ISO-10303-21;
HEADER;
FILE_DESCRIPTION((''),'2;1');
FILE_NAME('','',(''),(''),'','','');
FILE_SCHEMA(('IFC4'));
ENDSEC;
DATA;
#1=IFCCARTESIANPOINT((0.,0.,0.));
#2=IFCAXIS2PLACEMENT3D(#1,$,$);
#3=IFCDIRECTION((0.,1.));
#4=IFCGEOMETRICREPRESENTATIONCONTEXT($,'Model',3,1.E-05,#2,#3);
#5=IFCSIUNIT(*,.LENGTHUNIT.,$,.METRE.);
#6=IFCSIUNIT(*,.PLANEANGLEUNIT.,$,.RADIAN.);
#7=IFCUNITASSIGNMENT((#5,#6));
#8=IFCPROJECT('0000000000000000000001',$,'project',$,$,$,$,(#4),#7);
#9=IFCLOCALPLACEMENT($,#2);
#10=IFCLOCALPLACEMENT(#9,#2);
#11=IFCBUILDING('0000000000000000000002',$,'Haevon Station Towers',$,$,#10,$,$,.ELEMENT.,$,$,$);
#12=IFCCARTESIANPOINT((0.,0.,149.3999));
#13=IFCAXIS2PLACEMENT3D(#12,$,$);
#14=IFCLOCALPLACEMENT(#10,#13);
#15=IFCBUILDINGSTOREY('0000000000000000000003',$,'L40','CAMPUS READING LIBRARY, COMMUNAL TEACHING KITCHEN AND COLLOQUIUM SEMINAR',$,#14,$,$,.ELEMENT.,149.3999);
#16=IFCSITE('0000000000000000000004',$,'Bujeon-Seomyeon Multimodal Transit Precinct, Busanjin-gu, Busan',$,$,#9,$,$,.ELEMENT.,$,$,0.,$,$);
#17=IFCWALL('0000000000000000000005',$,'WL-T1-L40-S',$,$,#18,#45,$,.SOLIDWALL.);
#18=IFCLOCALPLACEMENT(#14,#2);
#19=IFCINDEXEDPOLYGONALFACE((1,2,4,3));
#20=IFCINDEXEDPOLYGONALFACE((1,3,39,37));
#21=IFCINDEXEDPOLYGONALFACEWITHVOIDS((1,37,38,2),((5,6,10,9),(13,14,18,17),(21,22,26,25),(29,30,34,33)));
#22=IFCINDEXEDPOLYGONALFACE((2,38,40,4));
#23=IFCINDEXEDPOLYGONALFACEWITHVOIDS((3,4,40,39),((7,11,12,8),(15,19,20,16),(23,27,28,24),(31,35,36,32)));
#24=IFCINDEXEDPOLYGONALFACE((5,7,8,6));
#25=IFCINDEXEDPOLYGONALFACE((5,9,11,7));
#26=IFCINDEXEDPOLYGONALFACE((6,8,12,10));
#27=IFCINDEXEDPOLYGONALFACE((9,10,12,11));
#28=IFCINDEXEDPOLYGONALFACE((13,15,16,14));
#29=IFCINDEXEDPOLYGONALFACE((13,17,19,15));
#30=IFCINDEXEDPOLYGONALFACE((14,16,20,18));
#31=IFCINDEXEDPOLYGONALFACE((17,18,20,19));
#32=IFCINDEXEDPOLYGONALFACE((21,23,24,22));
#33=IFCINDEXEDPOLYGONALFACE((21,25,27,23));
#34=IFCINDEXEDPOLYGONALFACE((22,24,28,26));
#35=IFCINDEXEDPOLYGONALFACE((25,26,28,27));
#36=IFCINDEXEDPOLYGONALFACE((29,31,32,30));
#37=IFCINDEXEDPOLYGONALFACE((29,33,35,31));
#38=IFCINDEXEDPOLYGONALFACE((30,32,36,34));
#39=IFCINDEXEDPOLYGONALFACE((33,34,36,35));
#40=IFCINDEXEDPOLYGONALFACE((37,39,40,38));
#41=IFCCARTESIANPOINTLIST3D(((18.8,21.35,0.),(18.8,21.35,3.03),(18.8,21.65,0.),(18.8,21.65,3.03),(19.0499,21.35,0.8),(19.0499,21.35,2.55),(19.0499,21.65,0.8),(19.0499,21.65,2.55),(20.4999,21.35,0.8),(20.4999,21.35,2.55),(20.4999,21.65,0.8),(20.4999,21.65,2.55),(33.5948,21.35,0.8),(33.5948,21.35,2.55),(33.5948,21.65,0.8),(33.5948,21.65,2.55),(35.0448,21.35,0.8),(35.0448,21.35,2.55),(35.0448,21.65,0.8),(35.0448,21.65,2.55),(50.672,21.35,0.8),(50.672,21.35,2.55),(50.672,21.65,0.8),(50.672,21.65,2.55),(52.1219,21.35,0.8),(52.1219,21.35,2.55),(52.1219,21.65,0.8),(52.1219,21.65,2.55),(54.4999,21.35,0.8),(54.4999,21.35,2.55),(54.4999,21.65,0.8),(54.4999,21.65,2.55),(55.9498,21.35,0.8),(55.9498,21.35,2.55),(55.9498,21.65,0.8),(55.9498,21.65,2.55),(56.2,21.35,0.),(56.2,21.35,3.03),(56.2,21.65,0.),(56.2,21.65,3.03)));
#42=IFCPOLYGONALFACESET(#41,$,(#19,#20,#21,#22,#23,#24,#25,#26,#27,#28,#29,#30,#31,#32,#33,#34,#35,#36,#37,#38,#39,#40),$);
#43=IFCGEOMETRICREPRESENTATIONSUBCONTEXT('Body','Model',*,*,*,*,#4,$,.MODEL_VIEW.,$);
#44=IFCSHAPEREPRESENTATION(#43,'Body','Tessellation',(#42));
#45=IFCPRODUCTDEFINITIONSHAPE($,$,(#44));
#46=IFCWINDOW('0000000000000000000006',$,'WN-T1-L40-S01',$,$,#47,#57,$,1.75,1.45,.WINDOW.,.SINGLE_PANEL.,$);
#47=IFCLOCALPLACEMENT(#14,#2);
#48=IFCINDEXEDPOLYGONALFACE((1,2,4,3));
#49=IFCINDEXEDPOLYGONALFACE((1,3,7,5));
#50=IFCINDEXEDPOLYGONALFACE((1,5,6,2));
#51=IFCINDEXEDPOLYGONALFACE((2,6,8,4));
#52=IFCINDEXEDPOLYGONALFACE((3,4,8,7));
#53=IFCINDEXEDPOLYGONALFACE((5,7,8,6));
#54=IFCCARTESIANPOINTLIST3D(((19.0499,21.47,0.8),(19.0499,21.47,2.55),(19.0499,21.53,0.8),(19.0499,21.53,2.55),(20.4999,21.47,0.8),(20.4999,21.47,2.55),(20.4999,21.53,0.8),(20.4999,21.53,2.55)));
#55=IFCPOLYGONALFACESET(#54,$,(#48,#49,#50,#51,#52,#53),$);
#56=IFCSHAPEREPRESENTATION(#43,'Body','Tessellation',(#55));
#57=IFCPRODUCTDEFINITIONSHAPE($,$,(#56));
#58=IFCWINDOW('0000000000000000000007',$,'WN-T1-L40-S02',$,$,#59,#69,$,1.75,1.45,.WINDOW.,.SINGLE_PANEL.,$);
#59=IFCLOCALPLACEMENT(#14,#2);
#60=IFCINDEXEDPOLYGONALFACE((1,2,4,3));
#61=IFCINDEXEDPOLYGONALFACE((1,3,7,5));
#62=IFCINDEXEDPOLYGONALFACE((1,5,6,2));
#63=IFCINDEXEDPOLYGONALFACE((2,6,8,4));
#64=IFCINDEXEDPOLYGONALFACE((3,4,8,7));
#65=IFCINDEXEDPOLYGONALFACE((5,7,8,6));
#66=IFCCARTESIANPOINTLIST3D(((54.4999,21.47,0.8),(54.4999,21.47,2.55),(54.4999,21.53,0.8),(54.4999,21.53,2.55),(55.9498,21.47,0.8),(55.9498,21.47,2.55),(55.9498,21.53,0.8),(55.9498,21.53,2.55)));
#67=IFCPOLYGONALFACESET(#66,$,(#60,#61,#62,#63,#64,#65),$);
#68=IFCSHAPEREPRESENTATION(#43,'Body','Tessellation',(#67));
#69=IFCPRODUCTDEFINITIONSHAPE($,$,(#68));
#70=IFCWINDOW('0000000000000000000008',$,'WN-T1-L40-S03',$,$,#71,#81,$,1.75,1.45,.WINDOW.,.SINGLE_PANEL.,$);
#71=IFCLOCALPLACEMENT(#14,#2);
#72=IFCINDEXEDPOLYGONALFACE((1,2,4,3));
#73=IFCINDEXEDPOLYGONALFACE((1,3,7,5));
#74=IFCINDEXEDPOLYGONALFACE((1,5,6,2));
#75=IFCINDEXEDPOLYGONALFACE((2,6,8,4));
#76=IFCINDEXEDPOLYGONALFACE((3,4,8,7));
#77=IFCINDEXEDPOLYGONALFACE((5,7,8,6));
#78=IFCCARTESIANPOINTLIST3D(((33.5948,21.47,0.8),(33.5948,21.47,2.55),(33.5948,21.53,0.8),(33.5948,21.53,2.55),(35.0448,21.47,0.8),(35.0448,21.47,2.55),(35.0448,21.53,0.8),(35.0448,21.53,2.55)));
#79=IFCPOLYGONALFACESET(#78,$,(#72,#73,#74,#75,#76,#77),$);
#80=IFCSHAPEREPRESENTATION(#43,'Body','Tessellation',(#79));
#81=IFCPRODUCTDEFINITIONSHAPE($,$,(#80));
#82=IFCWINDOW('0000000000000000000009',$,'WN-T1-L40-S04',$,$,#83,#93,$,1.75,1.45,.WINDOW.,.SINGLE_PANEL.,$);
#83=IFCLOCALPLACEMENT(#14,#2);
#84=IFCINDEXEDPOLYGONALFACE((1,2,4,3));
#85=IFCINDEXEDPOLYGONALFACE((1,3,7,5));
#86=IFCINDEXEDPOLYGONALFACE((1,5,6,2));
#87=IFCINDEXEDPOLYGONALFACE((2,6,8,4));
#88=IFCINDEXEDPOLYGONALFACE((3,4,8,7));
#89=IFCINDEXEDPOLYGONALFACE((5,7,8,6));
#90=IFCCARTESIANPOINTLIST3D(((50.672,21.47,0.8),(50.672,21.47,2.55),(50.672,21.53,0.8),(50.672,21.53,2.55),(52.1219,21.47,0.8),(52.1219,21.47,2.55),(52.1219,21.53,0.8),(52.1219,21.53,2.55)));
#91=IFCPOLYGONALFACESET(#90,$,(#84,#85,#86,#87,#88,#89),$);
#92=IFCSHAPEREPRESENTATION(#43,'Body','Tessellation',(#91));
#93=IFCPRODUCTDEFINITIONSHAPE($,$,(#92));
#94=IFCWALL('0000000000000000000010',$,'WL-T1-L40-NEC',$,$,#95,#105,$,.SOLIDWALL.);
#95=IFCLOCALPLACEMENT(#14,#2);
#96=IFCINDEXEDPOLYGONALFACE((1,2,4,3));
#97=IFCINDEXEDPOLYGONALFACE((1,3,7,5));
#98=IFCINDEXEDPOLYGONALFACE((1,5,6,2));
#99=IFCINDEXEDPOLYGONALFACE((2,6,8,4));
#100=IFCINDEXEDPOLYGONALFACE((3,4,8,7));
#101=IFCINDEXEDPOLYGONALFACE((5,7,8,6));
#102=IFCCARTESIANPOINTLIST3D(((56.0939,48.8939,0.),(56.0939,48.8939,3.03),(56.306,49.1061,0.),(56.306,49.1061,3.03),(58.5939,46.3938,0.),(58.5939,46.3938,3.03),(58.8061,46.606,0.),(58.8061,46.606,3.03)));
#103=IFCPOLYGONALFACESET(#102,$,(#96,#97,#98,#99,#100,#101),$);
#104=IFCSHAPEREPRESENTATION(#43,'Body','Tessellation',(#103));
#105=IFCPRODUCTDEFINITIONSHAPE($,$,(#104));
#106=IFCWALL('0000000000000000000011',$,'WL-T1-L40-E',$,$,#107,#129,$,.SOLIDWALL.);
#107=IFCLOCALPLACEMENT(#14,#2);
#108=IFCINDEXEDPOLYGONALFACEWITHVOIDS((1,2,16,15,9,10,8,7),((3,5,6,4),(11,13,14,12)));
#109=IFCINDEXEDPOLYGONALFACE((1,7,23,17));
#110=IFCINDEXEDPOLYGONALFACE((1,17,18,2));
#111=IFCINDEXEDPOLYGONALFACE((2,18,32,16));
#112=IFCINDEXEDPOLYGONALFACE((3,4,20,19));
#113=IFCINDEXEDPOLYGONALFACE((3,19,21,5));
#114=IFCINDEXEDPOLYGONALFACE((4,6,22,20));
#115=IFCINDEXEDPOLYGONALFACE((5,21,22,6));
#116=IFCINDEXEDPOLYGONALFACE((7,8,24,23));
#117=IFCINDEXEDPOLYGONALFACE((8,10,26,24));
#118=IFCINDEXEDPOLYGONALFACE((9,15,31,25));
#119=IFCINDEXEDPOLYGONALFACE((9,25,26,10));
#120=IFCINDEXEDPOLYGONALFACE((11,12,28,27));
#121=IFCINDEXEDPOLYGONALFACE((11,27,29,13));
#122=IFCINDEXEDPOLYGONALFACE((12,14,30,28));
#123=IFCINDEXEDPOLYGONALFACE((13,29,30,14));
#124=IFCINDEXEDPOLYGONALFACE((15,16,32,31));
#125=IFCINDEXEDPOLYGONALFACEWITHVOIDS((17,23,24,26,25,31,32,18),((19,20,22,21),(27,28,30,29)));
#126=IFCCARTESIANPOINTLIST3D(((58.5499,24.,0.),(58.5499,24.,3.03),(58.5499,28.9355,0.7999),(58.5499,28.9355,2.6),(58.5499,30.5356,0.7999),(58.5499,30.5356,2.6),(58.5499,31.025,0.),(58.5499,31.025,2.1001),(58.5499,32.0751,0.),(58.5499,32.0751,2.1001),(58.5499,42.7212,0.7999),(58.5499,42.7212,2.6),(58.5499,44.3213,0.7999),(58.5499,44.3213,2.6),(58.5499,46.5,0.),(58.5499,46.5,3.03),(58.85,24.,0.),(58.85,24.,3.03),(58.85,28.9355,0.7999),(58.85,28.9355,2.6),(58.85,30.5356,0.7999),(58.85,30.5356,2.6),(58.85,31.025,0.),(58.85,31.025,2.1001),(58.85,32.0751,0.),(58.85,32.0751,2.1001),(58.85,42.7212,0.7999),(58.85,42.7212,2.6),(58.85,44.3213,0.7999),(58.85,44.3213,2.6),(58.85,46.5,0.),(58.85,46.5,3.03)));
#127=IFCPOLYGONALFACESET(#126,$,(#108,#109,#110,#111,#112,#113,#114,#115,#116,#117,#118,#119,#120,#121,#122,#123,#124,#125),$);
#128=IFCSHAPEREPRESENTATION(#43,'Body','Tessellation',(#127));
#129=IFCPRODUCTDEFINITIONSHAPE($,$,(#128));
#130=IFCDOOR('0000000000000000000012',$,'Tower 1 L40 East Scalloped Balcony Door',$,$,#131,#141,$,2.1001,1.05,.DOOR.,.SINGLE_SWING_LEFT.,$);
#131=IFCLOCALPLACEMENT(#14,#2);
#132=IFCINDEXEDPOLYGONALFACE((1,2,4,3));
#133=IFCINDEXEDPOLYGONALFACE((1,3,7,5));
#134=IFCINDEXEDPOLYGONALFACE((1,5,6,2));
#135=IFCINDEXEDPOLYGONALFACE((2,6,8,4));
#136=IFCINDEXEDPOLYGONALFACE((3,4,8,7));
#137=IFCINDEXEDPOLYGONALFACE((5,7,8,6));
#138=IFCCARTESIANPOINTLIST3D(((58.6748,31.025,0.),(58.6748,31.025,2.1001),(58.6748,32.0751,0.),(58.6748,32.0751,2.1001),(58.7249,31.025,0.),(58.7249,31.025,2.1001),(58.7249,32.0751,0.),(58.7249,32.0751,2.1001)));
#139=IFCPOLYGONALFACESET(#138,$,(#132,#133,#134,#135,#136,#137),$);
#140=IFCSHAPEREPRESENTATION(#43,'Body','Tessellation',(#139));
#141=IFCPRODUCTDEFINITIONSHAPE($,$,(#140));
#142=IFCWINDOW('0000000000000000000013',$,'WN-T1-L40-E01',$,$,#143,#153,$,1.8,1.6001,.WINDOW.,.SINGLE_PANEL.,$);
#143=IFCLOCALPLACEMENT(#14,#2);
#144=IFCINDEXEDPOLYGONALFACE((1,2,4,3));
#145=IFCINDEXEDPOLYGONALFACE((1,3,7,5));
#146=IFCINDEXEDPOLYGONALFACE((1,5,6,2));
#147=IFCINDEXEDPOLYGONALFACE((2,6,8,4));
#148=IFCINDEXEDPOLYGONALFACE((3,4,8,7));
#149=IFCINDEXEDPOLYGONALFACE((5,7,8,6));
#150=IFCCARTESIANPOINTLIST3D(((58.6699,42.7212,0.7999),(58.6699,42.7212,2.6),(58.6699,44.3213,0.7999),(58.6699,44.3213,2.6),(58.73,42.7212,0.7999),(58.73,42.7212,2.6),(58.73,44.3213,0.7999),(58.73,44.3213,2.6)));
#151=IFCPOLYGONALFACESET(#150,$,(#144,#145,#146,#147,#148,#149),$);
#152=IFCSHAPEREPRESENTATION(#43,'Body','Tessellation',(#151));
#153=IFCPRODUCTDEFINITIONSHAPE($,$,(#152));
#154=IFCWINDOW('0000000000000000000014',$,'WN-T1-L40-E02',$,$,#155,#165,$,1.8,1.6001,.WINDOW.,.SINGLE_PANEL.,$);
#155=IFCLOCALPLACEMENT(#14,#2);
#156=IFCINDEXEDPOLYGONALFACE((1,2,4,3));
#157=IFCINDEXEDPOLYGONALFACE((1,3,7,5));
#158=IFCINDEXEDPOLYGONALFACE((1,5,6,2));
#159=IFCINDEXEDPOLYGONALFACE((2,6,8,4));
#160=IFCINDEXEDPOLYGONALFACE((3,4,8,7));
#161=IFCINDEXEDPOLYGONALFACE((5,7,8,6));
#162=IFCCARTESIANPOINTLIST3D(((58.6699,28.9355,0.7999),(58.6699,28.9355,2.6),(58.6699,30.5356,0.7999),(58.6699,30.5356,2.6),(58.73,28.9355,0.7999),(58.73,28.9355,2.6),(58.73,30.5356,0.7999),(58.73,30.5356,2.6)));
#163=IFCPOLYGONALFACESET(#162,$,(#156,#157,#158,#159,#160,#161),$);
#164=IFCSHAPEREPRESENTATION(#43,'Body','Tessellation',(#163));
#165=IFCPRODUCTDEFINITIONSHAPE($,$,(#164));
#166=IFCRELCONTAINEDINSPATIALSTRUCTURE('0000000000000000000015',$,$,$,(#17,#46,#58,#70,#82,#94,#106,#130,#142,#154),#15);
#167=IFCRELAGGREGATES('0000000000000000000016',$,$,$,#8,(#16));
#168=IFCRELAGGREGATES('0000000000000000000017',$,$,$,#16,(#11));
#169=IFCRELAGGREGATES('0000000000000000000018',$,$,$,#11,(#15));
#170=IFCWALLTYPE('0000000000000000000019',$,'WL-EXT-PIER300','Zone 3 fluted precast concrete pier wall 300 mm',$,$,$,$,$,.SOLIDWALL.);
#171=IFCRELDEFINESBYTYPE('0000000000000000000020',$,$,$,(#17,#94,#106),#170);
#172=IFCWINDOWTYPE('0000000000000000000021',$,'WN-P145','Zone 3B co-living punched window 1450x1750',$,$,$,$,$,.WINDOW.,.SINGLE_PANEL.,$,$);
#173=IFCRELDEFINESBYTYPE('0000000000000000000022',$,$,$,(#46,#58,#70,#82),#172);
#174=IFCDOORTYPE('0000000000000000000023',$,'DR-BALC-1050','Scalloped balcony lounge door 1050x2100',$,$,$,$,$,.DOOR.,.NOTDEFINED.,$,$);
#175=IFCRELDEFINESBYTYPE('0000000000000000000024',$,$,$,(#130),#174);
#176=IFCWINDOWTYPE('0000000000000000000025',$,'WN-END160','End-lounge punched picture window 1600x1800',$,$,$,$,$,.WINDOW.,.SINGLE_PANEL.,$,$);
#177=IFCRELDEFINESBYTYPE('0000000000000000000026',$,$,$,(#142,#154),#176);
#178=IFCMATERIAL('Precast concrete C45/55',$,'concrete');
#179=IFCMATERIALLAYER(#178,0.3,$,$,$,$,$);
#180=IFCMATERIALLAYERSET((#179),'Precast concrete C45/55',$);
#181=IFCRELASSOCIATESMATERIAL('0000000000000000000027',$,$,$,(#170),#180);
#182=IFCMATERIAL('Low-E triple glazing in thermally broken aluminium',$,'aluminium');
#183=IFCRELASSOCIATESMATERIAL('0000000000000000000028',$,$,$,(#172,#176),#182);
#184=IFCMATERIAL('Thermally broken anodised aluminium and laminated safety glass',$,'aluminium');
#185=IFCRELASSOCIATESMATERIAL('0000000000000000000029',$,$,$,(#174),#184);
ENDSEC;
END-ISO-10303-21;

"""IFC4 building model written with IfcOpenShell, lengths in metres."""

from ifc_helpers import new_model, si_unit, direction, frame, frame_2d, origin, place, context, subcontext, project, spatial, rectangle, extrude, material, layer, layer_set, type_object, element, fill, save


model = new_model("IFC4")

# Units and contexts
model_context = context("Model", 3, precision=1e-05, world=origin(), true_north=direction((0.0, 1.0)))
body_context = subcontext(model_context, "Body", "Model", "MODEL_VIEW")
ifc_project = project(units=[si_unit("LENGTHUNIT", "METRE"), si_unit("PLANEANGLEUNIT", "RADIAN")], contexts=[model_context])

# Site, building, storey
site_placement = place(None, origin())
site = spatial("IfcSite", under=ifc_project, at=site_placement, Name="Bujeon-Seomyeon Multimodal Transit Precinct, Busanjin-gu, Busan", CompositionType="ELEMENT", RefElevation=0.0)
building_placement = place(site_placement, origin())
building = spatial("IfcBuilding", under=site, at=building_placement, Name="Haevon Station Towers", CompositionType="ELEMENT")
storey_placement = place(building_placement, frame((0.0, 0.0, 149.3999)))
storey = spatial("IfcBuildingStorey", under=building, at=storey_placement, Name="L40", Description="CAMPUS READING LIBRARY, COMMUNAL TEACHING KITCHEN AND COLLOQUIUM SEMINAR", CompositionType="ELEMENT", Elevation=149.3999)

# Wall, openings, windows
ifc_material_1 = material(Name="Precast concrete C45/55", Category="concrete")
ifc_layer_1 = layer(ifc_material_1, 0.3)
ifc_layer_set_1 = layer_set([ifc_layer_1], Name="Precast concrete C45/55")
wall_type_1 = type_object("IfcWallType", Name="WL-EXT-PIER300", Description="Zone 3 fluted precast concrete pier wall 300 mm", PredefinedType="SOLIDWALL", material=ifc_layer_set_1)
wall_1_placement = place(storey_placement, frame((56.2, 21.5, 0.0), z_axis=(0.0, 0.0, 1.0), x_axis=(-1.0, 0.0, 0.0)))
wall_1 = element("IfcWall", 1, at=wall_1_placement, inside=storey, type_object=wall_type_1, Name="WL-T1-L40-S", PredefinedType="SOLIDWALL", context=body_context, shape_type="SweptSolid", body=[
    extrude(rectangle(XDim=37.3999, YDim=0.3, at=frame_2d((18.7, 0.0))), origin(), (0.0, 0.0, 1.0), 3.03),
])
opening_1_placement = place(wall_1_placement, frame((35.7, 0.0, 0.8)))
opening_1 = element("IfcOpeningElement", 2, at=opening_1_placement, cuts=wall_1, PredefinedType="OPENING", context=body_context, shape_type="SweptSolid", body=[
    extrude(rectangle(XDim=1.45, YDim=1.75, at=frame_2d((0.7251, 0.875))), frame((0.0, 0.1599, 0.0), z_axis=(0.0, -1.0, 0.0), x_axis=(1.0, 0.0, 0.0)), (0.0, 0.0, 1.0), 0.3201),
])
opening_2_placement = place(wall_1_placement, frame((0.25, 0.0, 0.8)))
opening_2 = element("IfcOpeningElement", 3, at=opening_2_placement, cuts=wall_1, PredefinedType="OPENING", context=body_context, shape_type="SweptSolid", body=[
    extrude(rectangle(XDim=1.45, YDim=1.75, at=frame_2d((0.7251, 0.875))), frame((0.0, 0.1599, 0.0), z_axis=(0.0, -1.0, 0.0), x_axis=(1.0, 0.0, 0.0)), (0.0, 0.0, 1.0), 0.3201),
])
opening_3_placement = place(wall_1_placement, frame((21.155, 0.0, 0.8)))
opening_3 = element("IfcOpeningElement", 4, at=opening_3_placement, cuts=wall_1, PredefinedType="OPENING", context=body_context, shape_type="SweptSolid", body=[
    extrude(rectangle(XDim=1.45, YDim=1.75, at=frame_2d((0.7251, 0.875))), frame((0.0, 0.1599, 0.0), z_axis=(0.0, -1.0, 0.0), x_axis=(1.0, 0.0, 0.0)), (0.0, 0.0, 1.0), 0.3201),
])
opening_4_placement = place(wall_1_placement, frame((4.0779, 0.0, 0.8)))
opening_4 = element("IfcOpeningElement", 5, at=opening_4_placement, cuts=wall_1, PredefinedType="OPENING", context=body_context, shape_type="SweptSolid", body=[
    extrude(rectangle(XDim=1.45, YDim=1.75, at=frame_2d((0.7251, 0.875))), frame((0.0, 0.1599, 0.0), z_axis=(0.0, -1.0, 0.0), x_axis=(1.0, 0.0, 0.0)), (0.0, 0.0, 1.0), 0.3201),
])
ifc_material_2 = material(Name="Low-E triple glazing in thermally broken aluminium", Category="aluminium")
window_type_1 = type_object("IfcWindowType", Name="WN-P145", Description="Zone 3B co-living punched window 1450x1750", PartitioningType="SINGLE_PANEL", PredefinedType="WINDOW", material=ifc_material_2)
window_1_placement = place(opening_1_placement, origin())
window_1 = element("IfcWindow", 6, at=window_1_placement, inside=storey, type_object=window_type_1, Name="WN-T1-L40-S01", OverallHeight=1.75, OverallWidth=1.45, PartitioningType="SINGLE_PANEL", PredefinedType="WINDOW", context=body_context, shape_type="SweptSolid", body=[
    extrude(rectangle(XDim=1.45, YDim=1.75, at=frame_2d((0.7251, 0.875))), frame((0.0, 0.03, 0.0), z_axis=(0.0, -1.0, 0.0), x_axis=(1.0, 0.0, 0.0)), (0.0, 0.0, 1.0), 0.0601),
])
fill(opening_1, window_1)
window_2_placement = place(opening_2_placement, origin())
window_2 = element("IfcWindow", 7, at=window_2_placement, inside=storey, type_object=window_type_1, Name="WN-T1-L40-S02", OverallHeight=1.75, OverallWidth=1.45, PartitioningType="SINGLE_PANEL", PredefinedType="WINDOW", context=body_context, shape_type="SweptSolid", body=[
    extrude(rectangle(XDim=1.45, YDim=1.75, at=frame_2d((0.7251, 0.875))), frame((0.0, 0.03, 0.0), z_axis=(0.0, -1.0, 0.0), x_axis=(1.0, 0.0, 0.0)), (0.0, 0.0, 1.0), 0.0601),
])
fill(opening_2, window_2)
window_3_placement = place(opening_3_placement, origin())
window_3 = element("IfcWindow", 8, at=window_3_placement, inside=storey, type_object=window_type_1, Name="WN-T1-L40-S03", OverallHeight=1.75, OverallWidth=1.45, PartitioningType="SINGLE_PANEL", PredefinedType="WINDOW", context=body_context, shape_type="SweptSolid", body=[
    extrude(rectangle(XDim=1.45, YDim=1.75, at=frame_2d((0.7251, 0.875))), frame((0.0, 0.03, 0.0), z_axis=(0.0, -1.0, 0.0), x_axis=(1.0, 0.0, 0.0)), (0.0, 0.0, 1.0), 0.0601),
])
fill(opening_3, window_3)
window_4_placement = place(opening_4_placement, origin())
window_4 = element("IfcWindow", 9, at=window_4_placement, inside=storey, type_object=window_type_1, Name="WN-T1-L40-S04", OverallHeight=1.75, OverallWidth=1.45, PartitioningType="SINGLE_PANEL", PredefinedType="WINDOW", context=body_context, shape_type="SweptSolid", body=[
    extrude(rectangle(XDim=1.45, YDim=1.75, at=frame_2d((0.7251, 0.875))), frame((0.0, 0.03, 0.0), z_axis=(0.0, -1.0, 0.0), x_axis=(1.0, 0.0, 0.0)), (0.0, 0.0, 1.0), 0.0601),
])
fill(opening_4, window_4)

# Wall
wall_2_placement = place(storey_placement, frame((56.2, 49.0, 0.0), z_axis=(0.0, 0.0, 1.0), x_axis=(0.707107, -0.707107, 0.0)))
element("IfcWall", 10, at=wall_2_placement, inside=storey, type_object=wall_type_1, Name="WL-T1-L40-NEC", PredefinedType="SOLIDWALL", context=body_context, shape_type="SweptSolid", body=[
    extrude(rectangle(XDim=3.5356, YDim=0.3, at=frame_2d((1.7678, 0.0))), origin(), (0.0, 0.0, 1.0), 3.03),
])

# Wall, openings, door, windows
wall_3_placement = place(storey_placement, frame((58.7, 46.5, 0.0), z_axis=(0.0, 0.0, 1.0), x_axis=(0.0, -1.0, 0.0)))
wall_3 = element("IfcWall", 11, at=wall_3_placement, inside=storey, type_object=wall_type_1, Name="WL-T1-L40-E", PredefinedType="SOLIDWALL", context=body_context, shape_type="SweptSolid", body=[
    extrude(rectangle(XDim=22.5, YDim=0.3, at=frame_2d((11.25, 0.0))), origin(), (0.0, 0.0, 1.0), 3.03),
])
opening_5_placement = place(wall_3_placement, frame((14.425, 0.0, 0.0)))
opening_5 = element("IfcOpeningElement", 12, at=opening_5_placement, cuts=wall_3, PredefinedType="OPENING", context=body_context, shape_type="SweptSolid", body=[
    extrude(rectangle(XDim=1.05, YDim=2.1001, at=frame_2d((0.5249, 1.05))), frame((0.0, 0.1599, 0.0), z_axis=(0.0, -1.0, 0.0), x_axis=(1.0, 0.0, 0.0)), (0.0, 0.0, 1.0), 0.3201),
])
opening_6_placement = place(wall_3_placement, frame((2.1787, 0.0, 0.8)))
opening_6 = element("IfcOpeningElement", 13, at=opening_6_placement, cuts=wall_3, PredefinedType="OPENING", context=body_context, shape_type="SweptSolid", body=[
    extrude(rectangle(XDim=1.6001, YDim=1.8, at=frame_2d((0.8, 0.8999))), frame((0.0, 0.1599, 0.0), z_axis=(0.0, -1.0, 0.0), x_axis=(1.0, 0.0, 0.0)), (0.0, 0.0, 1.0), 0.3201),
])
opening_7_placement = place(wall_3_placement, frame((15.9644, 0.0, 0.8)))
opening_7 = element("IfcOpeningElement", 14, at=opening_7_placement, cuts=wall_3, PredefinedType="OPENING", context=body_context, shape_type="SweptSolid", body=[
    extrude(rectangle(XDim=1.6001, YDim=1.8, at=frame_2d((0.8, 0.8999))), frame((0.0, 0.1599, 0.0), z_axis=(0.0, -1.0, 0.0), x_axis=(1.0, 0.0, 0.0)), (0.0, 0.0, 1.0), 0.3201),
])
ifc_material_3 = material(Name="Thermally broken anodised aluminium and laminated safety glass", Category="aluminium")
door_type_1 = type_object("IfcDoorType", Name="DR-BALC-1050", Description="Scalloped balcony lounge door 1050x2100", OperationType="NOTDEFINED", PredefinedType="DOOR", material=ifc_material_3)
door_1_placement = place(opening_5_placement, origin())
door_1 = element("IfcDoor", 15, at=door_1_placement, inside=storey, type_object=door_type_1, Name="Tower 1 L40 East Scalloped Balcony Door", OperationType="SINGLE_SWING_LEFT", OverallHeight=2.1001, OverallWidth=1.05, PredefinedType="DOOR", context=body_context, shape_type="SweptSolid", body=[
    extrude(rectangle(XDim=1.05, YDim=2.1001, at=frame_2d((0.5249, 1.05))), frame((0.0, 0.0249, 0.0), z_axis=(0.0, -1.0, 0.0), x_axis=(1.0, 0.0, 0.0)), (0.0, 0.0, 1.0), 0.05),
])
fill(opening_5, door_1)
window_type_2 = type_object("IfcWindowType", Name="WN-END160", Description="End-lounge punched picture window 1600x1800", PartitioningType="SINGLE_PANEL", PredefinedType="WINDOW", material=ifc_material_2)
window_5_placement = place(opening_6_placement, origin())
window_5 = element("IfcWindow", 16, at=window_5_placement, inside=storey, type_object=window_type_2, Name="WN-T1-L40-E01", OverallHeight=1.8, OverallWidth=1.6001, PartitioningType="SINGLE_PANEL", PredefinedType="WINDOW", context=body_context, shape_type="SweptSolid", body=[
    extrude(rectangle(XDim=1.6001, YDim=1.8, at=frame_2d((0.8, 0.8999))), frame((0.0, 0.03, 0.0), z_axis=(0.0, -1.0, 0.0), x_axis=(1.0, 0.0, 0.0)), (0.0, 0.0, 1.0), 0.0601),
])
fill(opening_6, window_5)
window_6_placement = place(opening_7_placement, origin())
window_6 = element("IfcWindow", 17, at=window_6_placement, inside=storey, type_object=window_type_2, Name="WN-T1-L40-E02", OverallHeight=1.8, OverallWidth=1.6001, PartitioningType="SINGLE_PANEL", PredefinedType="WINDOW", context=body_context, shape_type="SweptSolid", body=[
    extrude(rectangle(XDim=1.6001, YDim=1.8, at=frame_2d((0.8, 0.8999))), frame((0.0, 0.03, 0.0), z_axis=(0.0, -1.0, 0.0), x_axis=(1.0, 0.0, 0.0)), (0.0, 0.0, 1.0), 0.0601),
])
fill(opening_7, window_6)

save(model, "model.ifc")
